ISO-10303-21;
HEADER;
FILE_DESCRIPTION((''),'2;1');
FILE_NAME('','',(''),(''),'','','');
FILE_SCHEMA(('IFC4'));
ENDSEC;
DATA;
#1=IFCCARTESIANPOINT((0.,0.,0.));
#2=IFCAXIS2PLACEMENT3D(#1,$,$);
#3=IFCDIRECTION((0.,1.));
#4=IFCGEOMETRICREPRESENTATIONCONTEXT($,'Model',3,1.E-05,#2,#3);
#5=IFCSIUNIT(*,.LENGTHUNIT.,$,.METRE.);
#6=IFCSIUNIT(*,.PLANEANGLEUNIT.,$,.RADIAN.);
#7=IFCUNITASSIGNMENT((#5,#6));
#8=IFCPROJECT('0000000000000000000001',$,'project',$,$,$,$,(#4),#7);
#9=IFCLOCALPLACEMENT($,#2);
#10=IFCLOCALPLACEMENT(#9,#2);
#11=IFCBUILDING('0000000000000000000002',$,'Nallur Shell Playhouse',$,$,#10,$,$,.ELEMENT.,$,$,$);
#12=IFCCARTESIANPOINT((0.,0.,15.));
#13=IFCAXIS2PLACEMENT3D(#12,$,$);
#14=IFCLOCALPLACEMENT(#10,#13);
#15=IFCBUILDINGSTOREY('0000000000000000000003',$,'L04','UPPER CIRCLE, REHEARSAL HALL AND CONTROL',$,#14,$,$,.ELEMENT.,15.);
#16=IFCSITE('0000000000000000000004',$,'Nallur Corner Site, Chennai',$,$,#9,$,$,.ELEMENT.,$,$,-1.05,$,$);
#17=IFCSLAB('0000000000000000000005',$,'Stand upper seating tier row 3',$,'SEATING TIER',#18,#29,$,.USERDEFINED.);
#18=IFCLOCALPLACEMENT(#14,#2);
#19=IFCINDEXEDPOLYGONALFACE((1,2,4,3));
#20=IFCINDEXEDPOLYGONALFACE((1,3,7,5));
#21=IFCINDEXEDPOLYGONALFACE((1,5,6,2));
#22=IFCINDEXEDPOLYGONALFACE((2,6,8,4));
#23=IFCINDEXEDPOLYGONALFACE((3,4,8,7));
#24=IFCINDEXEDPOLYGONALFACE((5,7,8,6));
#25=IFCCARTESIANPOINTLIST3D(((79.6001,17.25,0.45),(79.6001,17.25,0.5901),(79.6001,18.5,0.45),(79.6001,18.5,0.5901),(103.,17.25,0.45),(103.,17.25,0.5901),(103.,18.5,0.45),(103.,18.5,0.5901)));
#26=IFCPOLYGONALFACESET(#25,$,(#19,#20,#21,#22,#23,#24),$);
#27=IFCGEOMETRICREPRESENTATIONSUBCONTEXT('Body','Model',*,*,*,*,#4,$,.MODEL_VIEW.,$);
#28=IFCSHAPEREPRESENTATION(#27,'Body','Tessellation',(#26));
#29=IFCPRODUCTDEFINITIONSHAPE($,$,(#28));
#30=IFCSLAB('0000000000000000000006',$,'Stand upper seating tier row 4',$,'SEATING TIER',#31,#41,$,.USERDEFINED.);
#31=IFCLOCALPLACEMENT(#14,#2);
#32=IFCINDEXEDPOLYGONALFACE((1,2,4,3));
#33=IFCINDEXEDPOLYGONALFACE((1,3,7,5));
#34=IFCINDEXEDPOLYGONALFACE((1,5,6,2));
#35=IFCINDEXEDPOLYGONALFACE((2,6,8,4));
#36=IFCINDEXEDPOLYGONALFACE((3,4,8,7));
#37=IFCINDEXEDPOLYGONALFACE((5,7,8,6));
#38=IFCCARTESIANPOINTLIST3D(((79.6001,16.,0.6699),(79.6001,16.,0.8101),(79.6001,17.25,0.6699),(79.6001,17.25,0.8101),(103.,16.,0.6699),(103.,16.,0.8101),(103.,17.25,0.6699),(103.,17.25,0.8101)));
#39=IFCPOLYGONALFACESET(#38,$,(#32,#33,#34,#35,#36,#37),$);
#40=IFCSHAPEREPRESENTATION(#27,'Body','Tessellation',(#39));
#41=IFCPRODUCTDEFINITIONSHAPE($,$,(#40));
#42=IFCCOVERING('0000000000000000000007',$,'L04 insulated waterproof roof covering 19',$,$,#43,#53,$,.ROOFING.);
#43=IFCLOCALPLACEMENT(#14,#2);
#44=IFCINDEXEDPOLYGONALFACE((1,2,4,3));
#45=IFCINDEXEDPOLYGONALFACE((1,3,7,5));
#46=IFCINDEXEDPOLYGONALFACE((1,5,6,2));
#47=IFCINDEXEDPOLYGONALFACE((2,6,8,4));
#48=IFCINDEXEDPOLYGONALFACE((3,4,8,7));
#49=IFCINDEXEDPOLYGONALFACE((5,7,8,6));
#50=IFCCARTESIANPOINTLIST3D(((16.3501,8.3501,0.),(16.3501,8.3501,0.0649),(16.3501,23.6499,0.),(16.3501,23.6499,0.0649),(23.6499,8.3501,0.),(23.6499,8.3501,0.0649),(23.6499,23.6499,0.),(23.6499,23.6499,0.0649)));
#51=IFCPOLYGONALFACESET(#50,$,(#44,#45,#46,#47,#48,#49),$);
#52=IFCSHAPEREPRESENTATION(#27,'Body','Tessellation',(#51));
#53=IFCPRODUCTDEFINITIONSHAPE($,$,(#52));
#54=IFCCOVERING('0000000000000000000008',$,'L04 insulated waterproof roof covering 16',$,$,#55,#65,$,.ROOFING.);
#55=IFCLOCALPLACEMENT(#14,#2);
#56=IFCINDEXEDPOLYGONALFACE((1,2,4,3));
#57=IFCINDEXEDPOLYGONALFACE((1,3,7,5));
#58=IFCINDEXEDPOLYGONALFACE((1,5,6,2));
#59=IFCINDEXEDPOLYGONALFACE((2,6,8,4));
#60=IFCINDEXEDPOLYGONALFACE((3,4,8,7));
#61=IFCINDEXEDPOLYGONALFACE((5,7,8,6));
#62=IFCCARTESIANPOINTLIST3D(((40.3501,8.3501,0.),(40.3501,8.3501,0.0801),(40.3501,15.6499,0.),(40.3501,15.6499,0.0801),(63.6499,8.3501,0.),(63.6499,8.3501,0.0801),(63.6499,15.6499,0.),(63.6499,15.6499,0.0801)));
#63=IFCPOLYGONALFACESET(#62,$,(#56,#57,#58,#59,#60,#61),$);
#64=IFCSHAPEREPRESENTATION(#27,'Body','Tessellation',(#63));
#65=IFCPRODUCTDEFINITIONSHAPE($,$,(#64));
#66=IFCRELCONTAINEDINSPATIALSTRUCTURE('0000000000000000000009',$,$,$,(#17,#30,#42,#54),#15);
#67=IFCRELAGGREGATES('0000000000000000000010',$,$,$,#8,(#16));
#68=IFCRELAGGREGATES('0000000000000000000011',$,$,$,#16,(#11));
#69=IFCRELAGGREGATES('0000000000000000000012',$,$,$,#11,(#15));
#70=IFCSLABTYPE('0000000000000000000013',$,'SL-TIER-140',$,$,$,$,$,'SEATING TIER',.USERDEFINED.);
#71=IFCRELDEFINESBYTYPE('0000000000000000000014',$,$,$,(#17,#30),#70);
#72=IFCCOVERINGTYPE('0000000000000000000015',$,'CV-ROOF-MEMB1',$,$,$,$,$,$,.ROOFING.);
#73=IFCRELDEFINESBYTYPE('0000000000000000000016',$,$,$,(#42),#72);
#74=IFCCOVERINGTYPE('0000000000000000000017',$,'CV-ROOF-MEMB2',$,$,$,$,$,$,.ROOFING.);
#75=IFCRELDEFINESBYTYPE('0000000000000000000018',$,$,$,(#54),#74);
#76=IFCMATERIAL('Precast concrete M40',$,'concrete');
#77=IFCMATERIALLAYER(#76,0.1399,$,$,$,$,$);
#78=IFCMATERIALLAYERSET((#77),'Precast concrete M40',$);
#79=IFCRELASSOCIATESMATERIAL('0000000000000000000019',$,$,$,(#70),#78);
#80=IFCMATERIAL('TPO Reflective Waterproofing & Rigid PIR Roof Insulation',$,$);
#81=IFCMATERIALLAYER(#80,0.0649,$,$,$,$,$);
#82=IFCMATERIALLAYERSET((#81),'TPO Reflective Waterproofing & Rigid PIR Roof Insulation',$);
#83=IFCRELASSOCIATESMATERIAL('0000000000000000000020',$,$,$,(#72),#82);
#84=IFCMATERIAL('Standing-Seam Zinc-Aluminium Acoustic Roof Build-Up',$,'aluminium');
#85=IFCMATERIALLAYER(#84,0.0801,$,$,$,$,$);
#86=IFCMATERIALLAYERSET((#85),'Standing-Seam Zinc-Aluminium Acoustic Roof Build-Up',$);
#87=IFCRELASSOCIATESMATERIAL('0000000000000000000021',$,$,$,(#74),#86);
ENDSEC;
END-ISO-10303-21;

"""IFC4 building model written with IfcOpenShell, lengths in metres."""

from ifc_helpers import new_model, si_unit, direction, frame, origin, place, context, subcontext, project, spatial, polyline, outline, extrude, material, layer, layer_set, type_object, element, save


model = new_model("IFC4")

# Units and contexts
model_context = context("Model", 3, precision=1e-05, world=origin(), true_north=direction((0.0, 1.0)))
body_context = subcontext(model_context, "Body", "Model", "MODEL_VIEW")
ifc_project = project(units=[si_unit("LENGTHUNIT", "METRE"), si_unit("PLANEANGLEUNIT", "RADIAN")], contexts=[model_context])

# Site, building, storey
site_placement = place(None, origin())
site = spatial("IfcSite", under=ifc_project, at=site_placement, Name="Nallur Corner Site, Chennai", CompositionType="ELEMENT", RefElevation=-1.05)
building_placement = place(site_placement, origin())
building = spatial("IfcBuilding", under=site, at=building_placement, Name="Nallur Shell Playhouse", CompositionType="ELEMENT")
storey_placement = place(building_placement, frame((0.0, 0.0, 15.0)))
storey = spatial("IfcBuildingStorey", under=building, at=storey_placement, Name="L04", Description="UPPER CIRCLE, REHEARSAL HALL AND CONTROL", CompositionType="ELEMENT", Elevation=15.0)

# Slabs
ifc_material_1 = material(Name="Precast concrete M40", Category="concrete")
ifc_layer_1 = layer(ifc_material_1, 0.1399)
ifc_layer_set_1 = layer_set([ifc_layer_1], Name="Precast concrete M40")
slab_type_1 = type_object("IfcSlabType", Name="SL-TIER-140", ElementType="SEATING TIER", PredefinedType="USERDEFINED", material=ifc_layer_set_1)
slab_1_placement = place(storey_placement, frame((0.0, 0.0, 0.45)))
element("IfcSlab", 1, at=slab_1_placement, inside=storey, type_object=slab_type_1, Name="Stand upper seating tier row 3", ObjectType="SEATING TIER", PredefinedType="USERDEFINED", context=body_context, shape_type="SweptSolid", body=[
    extrude(outline(polyline([(79.6001, 18.5), (103.0, 18.5), (103.0, 17.25), (79.6001, 17.25), (79.6001, 18.5)])), origin(), (0.0, 0.0, 1.0), 0.1401),
])
slab_2_placement = place(storey_placement, frame((0.0, 0.0, 0.6699)))
element("IfcSlab", 2, at=slab_2_placement, inside=storey, type_object=slab_type_1, Name="Stand upper seating tier row 4", ObjectType="SEATING TIER", PredefinedType="USERDEFINED", context=body_context, shape_type="SweptSolid", body=[
    extrude(outline(polyline([(79.6001, 17.25), (103.0, 17.25), (103.0, 16.0), (79.6001, 16.0), (79.6001, 17.25)])), origin(), (0.0, 0.0, 1.0), 0.1401),
])

# Coverings
ifc_material_2 = material(Name="TPO Reflective Waterproofing & Rigid PIR Roof Insulation")
ifc_layer_2 = layer(ifc_material_2, 0.0649)
ifc_layer_set_2 = layer_set([ifc_layer_2], Name="TPO Reflective Waterproofing & Rigid PIR Roof Insulation")
covering_type_1 = type_object("IfcCoveringType", Name="CV-ROOF-MEMB1", PredefinedType="ROOFING", material=ifc_layer_set_2)
covering_1_placement = place(storey_placement, origin())
element("IfcCovering", 3, at=covering_1_placement, inside=storey, type_object=covering_type_1, Name="L04 insulated waterproof roof covering 19", PredefinedType="ROOFING", context=body_context, shape_type="SweptSolid", body=[
    extrude(outline(polyline([(16.3501, 23.6499), (23.6499, 23.6499), (23.6499, 8.3501), (16.3501, 8.3501), (16.3501, 23.6499)])), origin(), (0.0, 0.0, 1.0), 0.0649),
])
ifc_material_3 = material(Name="Standing-Seam Zinc-Aluminium Acoustic Roof Build-Up", Category="aluminium")
ifc_layer_3 = layer(ifc_material_3, 0.0801)
ifc_layer_set_3 = layer_set([ifc_layer_3], Name="Standing-Seam Zinc-Aluminium Acoustic Roof Build-Up")
covering_type_2 = type_object("IfcCoveringType", Name="CV-ROOF-MEMB2", PredefinedType="ROOFING", material=ifc_layer_set_3)
covering_2_placement = place(storey_placement, origin())
element("IfcCovering", 4, at=covering_2_placement, inside=storey, type_object=covering_type_2, Name="L04 insulated waterproof roof covering 16", PredefinedType="ROOFING", context=body_context, shape_type="SweptSolid", body=[
    extrude(outline(polyline([(40.3501, 15.6499), (63.6499, 15.6499), (63.6499, 8.3501), (40.3501, 8.3501), (40.3501, 15.6499)])), origin(), (0.0, 0.0, 1.0), 0.0801),
])

save(model, "model.ifc")
